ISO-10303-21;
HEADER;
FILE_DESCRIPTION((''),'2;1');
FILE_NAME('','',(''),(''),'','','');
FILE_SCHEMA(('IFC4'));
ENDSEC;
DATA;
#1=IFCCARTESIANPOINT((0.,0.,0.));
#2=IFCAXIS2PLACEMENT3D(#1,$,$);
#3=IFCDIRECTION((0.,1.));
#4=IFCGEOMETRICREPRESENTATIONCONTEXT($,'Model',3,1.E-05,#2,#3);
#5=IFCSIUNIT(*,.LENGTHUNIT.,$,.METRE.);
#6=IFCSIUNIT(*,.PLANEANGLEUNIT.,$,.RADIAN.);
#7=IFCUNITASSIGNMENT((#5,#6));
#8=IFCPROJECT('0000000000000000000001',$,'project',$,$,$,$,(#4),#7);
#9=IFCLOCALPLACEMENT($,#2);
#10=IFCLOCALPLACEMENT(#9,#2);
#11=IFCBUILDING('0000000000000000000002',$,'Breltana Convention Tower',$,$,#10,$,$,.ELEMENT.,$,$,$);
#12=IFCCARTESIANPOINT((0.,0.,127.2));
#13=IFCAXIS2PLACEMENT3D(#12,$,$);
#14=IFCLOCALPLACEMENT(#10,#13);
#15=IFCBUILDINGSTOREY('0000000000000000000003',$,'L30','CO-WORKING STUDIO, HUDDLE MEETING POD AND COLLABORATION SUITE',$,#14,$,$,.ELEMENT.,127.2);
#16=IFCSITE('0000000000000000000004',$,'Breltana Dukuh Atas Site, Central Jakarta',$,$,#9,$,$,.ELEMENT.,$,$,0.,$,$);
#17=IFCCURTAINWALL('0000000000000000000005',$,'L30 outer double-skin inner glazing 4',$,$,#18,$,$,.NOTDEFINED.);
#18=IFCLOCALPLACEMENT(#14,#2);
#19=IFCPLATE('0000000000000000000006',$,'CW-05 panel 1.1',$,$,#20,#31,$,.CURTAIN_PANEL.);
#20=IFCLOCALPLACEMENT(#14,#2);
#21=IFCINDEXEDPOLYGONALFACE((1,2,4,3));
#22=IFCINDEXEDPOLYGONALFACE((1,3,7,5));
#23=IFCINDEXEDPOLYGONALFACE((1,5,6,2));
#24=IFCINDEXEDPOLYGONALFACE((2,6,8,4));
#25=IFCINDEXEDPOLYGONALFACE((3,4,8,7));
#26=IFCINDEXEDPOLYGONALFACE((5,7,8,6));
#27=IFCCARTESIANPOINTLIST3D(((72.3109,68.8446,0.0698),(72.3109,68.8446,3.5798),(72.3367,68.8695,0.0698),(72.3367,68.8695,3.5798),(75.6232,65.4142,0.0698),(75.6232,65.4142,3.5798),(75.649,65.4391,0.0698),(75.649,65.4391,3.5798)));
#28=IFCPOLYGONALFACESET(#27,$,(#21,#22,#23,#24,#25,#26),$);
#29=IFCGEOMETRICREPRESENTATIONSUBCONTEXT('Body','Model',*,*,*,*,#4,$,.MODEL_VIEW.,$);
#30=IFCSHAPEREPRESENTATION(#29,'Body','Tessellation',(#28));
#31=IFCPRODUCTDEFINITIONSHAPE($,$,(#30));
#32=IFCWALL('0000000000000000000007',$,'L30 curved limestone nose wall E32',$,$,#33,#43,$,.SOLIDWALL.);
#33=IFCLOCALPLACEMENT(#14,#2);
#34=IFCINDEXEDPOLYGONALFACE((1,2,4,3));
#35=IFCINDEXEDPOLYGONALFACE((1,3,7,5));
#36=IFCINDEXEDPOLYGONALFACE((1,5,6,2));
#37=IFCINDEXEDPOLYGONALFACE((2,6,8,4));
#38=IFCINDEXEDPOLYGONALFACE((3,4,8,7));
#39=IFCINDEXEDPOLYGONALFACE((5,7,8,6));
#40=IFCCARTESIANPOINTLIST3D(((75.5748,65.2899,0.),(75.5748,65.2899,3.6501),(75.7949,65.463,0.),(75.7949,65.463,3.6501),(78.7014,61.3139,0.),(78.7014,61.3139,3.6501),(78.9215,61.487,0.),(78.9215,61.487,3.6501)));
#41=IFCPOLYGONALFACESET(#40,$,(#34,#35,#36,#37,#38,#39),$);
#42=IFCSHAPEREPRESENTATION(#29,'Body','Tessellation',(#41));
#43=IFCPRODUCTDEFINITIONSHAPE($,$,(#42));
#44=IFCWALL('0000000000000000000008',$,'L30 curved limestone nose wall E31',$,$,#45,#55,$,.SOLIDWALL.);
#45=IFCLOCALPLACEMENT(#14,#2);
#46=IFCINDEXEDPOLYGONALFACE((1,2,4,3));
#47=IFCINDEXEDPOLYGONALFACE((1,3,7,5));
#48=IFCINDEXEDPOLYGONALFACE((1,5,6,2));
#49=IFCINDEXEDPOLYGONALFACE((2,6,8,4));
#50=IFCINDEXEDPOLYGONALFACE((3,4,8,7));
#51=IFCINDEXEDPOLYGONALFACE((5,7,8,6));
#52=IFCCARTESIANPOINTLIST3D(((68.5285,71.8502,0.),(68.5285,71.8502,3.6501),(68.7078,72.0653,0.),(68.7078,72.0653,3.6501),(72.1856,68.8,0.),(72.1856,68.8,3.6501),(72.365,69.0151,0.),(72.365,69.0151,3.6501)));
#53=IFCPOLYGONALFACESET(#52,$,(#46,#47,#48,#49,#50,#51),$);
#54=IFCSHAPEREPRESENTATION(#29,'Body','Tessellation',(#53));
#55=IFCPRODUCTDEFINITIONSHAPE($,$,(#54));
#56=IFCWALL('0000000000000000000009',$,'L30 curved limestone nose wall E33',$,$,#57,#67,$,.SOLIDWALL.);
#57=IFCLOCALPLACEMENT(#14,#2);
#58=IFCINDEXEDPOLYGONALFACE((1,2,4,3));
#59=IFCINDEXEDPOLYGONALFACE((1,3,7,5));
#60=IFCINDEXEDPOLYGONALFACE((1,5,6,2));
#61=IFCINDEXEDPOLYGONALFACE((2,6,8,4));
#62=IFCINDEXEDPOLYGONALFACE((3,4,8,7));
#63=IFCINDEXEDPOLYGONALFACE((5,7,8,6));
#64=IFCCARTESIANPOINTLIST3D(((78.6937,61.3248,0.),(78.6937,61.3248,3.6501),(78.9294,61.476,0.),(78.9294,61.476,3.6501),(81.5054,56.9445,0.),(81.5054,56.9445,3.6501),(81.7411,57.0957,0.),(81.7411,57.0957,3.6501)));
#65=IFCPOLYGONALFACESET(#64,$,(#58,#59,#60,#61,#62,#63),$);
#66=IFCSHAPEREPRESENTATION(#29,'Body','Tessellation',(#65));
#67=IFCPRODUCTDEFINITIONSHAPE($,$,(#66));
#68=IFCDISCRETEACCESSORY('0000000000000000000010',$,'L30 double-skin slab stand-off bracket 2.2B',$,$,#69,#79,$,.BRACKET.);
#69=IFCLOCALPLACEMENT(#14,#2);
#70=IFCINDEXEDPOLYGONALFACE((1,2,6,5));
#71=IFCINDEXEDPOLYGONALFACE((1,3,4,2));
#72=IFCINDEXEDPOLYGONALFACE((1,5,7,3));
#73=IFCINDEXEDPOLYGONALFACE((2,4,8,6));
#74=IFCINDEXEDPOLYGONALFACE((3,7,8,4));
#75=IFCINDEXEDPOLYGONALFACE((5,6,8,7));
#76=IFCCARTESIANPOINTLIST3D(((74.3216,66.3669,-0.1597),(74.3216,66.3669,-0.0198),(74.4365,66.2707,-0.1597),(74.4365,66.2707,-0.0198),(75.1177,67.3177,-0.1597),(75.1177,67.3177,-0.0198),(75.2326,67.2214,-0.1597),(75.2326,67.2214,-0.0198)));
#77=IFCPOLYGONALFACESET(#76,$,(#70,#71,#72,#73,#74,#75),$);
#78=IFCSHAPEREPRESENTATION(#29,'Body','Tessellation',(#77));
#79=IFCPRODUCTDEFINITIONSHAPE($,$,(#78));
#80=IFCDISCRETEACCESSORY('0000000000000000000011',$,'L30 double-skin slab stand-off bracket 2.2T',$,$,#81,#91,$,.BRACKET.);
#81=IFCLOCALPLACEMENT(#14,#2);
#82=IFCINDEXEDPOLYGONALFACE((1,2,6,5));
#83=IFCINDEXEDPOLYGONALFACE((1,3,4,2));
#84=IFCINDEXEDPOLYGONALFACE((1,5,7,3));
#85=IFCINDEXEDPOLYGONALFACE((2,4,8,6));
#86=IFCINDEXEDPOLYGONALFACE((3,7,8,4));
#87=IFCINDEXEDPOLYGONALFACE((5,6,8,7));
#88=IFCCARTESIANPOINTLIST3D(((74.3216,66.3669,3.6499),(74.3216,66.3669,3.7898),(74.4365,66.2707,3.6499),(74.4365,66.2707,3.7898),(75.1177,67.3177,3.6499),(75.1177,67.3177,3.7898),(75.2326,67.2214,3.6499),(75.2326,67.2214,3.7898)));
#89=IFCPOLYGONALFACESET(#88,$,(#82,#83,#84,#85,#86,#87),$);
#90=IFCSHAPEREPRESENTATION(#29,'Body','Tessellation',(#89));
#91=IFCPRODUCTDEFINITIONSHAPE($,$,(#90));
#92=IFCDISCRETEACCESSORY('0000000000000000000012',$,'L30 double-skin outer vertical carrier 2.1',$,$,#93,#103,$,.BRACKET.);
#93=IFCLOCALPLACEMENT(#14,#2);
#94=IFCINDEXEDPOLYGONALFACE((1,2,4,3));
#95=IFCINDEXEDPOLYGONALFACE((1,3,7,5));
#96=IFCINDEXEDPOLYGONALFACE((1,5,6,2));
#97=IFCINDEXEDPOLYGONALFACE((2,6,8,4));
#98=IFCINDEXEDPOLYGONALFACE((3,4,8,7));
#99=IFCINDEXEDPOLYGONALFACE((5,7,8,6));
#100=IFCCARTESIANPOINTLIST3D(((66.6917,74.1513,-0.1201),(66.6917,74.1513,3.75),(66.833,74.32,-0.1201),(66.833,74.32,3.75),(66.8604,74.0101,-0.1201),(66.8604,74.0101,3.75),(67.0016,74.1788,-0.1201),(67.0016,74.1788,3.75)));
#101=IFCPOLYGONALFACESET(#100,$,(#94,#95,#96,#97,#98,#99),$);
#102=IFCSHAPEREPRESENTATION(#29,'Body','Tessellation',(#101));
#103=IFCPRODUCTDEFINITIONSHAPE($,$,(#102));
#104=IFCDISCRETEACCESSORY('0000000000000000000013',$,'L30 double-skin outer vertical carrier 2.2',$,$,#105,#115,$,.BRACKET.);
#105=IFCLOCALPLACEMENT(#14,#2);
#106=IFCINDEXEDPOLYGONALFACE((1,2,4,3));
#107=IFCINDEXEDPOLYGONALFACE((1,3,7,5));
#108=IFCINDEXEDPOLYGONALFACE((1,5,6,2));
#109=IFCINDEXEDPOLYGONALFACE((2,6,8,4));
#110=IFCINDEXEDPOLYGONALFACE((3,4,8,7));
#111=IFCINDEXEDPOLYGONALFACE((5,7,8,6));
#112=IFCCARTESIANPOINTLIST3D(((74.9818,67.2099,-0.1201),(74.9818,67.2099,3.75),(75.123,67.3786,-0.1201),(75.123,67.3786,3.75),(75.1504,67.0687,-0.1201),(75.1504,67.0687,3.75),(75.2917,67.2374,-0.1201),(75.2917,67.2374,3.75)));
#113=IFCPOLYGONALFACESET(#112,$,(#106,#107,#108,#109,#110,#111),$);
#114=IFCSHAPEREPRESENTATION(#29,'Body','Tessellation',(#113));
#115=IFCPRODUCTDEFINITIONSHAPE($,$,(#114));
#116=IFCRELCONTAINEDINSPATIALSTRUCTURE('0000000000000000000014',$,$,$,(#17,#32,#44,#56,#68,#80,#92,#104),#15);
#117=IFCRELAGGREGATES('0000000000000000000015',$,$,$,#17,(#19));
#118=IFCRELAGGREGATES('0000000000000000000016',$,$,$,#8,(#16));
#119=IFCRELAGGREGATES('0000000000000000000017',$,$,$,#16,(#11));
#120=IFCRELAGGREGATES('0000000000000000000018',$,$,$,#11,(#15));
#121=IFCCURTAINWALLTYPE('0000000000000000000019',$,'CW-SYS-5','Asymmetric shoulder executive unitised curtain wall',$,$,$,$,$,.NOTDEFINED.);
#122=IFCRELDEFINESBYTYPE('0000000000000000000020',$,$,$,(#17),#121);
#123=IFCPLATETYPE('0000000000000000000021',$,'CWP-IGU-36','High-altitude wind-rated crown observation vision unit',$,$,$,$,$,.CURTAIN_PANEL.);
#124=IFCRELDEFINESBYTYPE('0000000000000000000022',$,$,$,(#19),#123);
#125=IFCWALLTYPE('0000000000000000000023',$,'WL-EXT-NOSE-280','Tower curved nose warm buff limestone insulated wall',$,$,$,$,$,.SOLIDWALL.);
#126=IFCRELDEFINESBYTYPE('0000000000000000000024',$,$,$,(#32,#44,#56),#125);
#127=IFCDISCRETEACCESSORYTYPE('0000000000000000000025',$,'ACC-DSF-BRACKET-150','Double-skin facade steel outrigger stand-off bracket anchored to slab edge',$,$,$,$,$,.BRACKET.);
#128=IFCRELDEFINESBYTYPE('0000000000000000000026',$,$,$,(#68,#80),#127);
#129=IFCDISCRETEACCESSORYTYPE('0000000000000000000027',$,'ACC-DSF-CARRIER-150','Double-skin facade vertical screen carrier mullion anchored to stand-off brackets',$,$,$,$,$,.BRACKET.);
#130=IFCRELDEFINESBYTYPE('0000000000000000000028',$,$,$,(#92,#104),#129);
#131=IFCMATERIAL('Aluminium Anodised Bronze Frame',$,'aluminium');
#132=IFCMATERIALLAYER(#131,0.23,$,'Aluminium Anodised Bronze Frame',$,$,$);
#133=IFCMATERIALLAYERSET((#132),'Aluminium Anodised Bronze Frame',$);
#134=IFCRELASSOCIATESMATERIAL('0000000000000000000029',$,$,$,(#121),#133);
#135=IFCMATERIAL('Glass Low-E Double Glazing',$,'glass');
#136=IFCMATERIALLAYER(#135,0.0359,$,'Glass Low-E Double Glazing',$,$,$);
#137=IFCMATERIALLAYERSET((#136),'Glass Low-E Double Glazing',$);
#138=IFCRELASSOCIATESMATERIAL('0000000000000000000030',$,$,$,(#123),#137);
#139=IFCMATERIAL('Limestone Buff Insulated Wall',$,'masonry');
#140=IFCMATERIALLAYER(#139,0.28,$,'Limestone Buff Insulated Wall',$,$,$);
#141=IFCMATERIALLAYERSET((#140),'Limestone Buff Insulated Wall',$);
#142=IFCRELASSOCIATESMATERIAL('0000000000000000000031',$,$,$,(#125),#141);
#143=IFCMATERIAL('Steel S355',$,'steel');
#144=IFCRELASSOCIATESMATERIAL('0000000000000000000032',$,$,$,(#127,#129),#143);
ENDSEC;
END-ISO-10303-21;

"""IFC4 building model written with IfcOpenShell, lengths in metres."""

from ifc_helpers import new_model, si_unit, direction, frame, frame_2d, origin, origin_2d, place, context, subcontext, project, spatial, rectangle, extrude, source, transform, mapped, material, layer, layer_set, type_object, type_shapes, element, aggregate, save


model = new_model("IFC4")

# Units and contexts
model_context = context("Model", 3, precision=1e-05, world=origin(), true_north=direction((0.0, 1.0)))
body_context = subcontext(model_context, "Body", "Model", "MODEL_VIEW")
ifc_project = project(units=[si_unit("LENGTHUNIT", "METRE"), si_unit("PLANEANGLEUNIT", "RADIAN")], contexts=[model_context])

# Site, building, storey
site_placement = place(None, origin())
site = spatial("IfcSite", under=ifc_project, at=site_placement, Name="Breltana Dukuh Atas Site, Central Jakarta", CompositionType="ELEMENT", RefElevation=0.0)
building_placement = place(site_placement, origin())
building = spatial("IfcBuilding", under=site, at=building_placement, Name="Breltana Convention Tower", CompositionType="ELEMENT")
storey_placement = place(building_placement, frame((0.0, 0.0, 127.2)))
storey = spatial("IfcBuildingStorey", under=building, at=storey_placement, Name="L30", Description="CO-WORKING STUDIO, HUDDLE MEETING POD AND COLLABORATION SUITE", CompositionType="ELEMENT", Elevation=127.2)

# Curtain wall, plate
ifc_material_1 = material(Name="Aluminium Anodised Bronze Frame", Category="aluminium")
ifc_layer_1 = layer(ifc_material_1, 0.23, Name="Aluminium Anodised Bronze Frame")
ifc_layer_set_1 = layer_set([ifc_layer_1], Name="Aluminium Anodised Bronze Frame")
curtain_wall_type = type_object("IfcCurtainWallType", Name="CW-SYS-5", Description="Asymmetric shoulder executive unitised curtain wall", PredefinedType="NOTDEFINED", material=ifc_layer_set_1)
curtain_wall_placement = place(storey_placement, origin())
curtain_wall = element("IfcCurtainWall", 1, at=curtain_wall_placement, inside=storey, type_object=curtain_wall_type, Name="L30 outer double-skin inner glazing 4", PredefinedType="NOTDEFINED")
ifc_material_2 = material(Name="Glass Low-E Double Glazing", Category="glass")
ifc_layer_2 = layer(ifc_material_2, 0.0359, Name="Glass Low-E Double Glazing")
ifc_layer_set_2 = layer_set([ifc_layer_2], Name="Glass Low-E Double Glazing")
plate_type = type_object("IfcPlateType", Name="CWP-IGU-36", Description="High-altitude wind-rated crown observation vision unit", PredefinedType="CURTAIN_PANEL", material=ifc_layer_set_2)
shared_shape_1 = source(origin(), body_context, "Body", "SweptSolid", [
    extrude(rectangle(XDim=4.7686, YDim=0.0359, at=origin_2d()), origin(), (0.0, 0.0, 1.0), 3.51),
])
plate_placement = place(storey_placement, frame((73.98, 67.1418, 0.0698), z_axis=(0.0, 0.0, 1.0), x_axis=(0.694612, -0.719385, 0.0)))
plate = element("IfcPlate", 2, at=plate_placement, type_object=plate_type, Name="CW-05 panel 1.1", PredefinedType="CURTAIN_PANEL", context=body_context, shape_type="MappedRepresentation", body=[
    mapped(shared_shape_1, transform((0.0, 0.0, 0.0), scale=1.0)),
])
aggregate(curtain_wall, [plate])

# Walls
ifc_material_3 = material(Name="Limestone Buff Insulated Wall", Category="masonry")
ifc_layer_3 = layer(ifc_material_3, 0.28, Name="Limestone Buff Insulated Wall")
ifc_layer_set_3 = layer_set([ifc_layer_3], Name="Limestone Buff Insulated Wall")
wall_type = type_object("IfcWallType", Name="WL-EXT-NOSE-280", Description="Tower curved nose warm buff limestone insulated wall", PredefinedType="SOLIDWALL", material=ifc_layer_set_3)
shared_shape_2 = source(origin(), body_context, "Body", "SweptSolid", [
    extrude(rectangle(XDim=5.0581, YDim=0.28, at=frame_2d((2.5291, 0.0))), origin(), (0.0, 0.0, 1.0), 3.6501),
])
wall_1_placement = place(storey_placement, frame((75.6848, 65.3765, 0.0), z_axis=(0.0, 0.0, 1.0), x_axis=(0.618146, -0.786064, 0.0)))
element("IfcWall", 3, at=wall_1_placement, inside=storey, type_object=wall_type, Name="L30 curved limestone nose wall E32", PredefinedType="SOLIDWALL", context=body_context, shape_type="MappedRepresentation", body=[
    mapped(shared_shape_2, transform((0.0, 0.0, 0.0), scale=1.0)),
])
shared_shape_3 = source(origin(), body_context, "Body", "SweptSolid", [
    extrude(rectangle(XDim=4.7622, YDim=0.28, at=frame_2d((2.3811, 0.0))), origin(), (0.0, 0.0, 1.0), 3.6501),
])
wall_2_placement = place(storey_placement, frame((68.6182, 71.9578, 0.0), z_axis=(0.0, 0.0, 1.0), x_axis=(0.767952, -0.640507, 0.0)))
element("IfcWall", 4, at=wall_2_placement, inside=storey, type_object=wall_type, Name="L30 curved limestone nose wall E31", PredefinedType="SOLIDWALL", context=body_context, shape_type="MappedRepresentation", body=[
    mapped(shared_shape_3, transform((0.0, 0.0, 0.0), scale=1.0)),
])
shared_shape_4 = source(origin(), body_context, "Body", "SweptSolid", [
    extrude(rectangle(XDim=5.2051, YDim=0.28, at=frame_2d((2.6025, 0.0))), origin(), (0.0, 0.0, 1.0), 3.6501),
])
wall_3_placement = place(storey_placement, frame((78.8115, 61.4004, 0.0), z_axis=(0.0, 0.0, 1.0), x_axis=(0.540189, -0.841544, 0.0)))
element("IfcWall", 5, at=wall_3_placement, inside=storey, type_object=wall_type, Name="L30 curved limestone nose wall E33", PredefinedType="SOLIDWALL", context=body_context, shape_type="MappedRepresentation", body=[
    mapped(shared_shape_4, transform((0.0, 0.0, 0.0), scale=1.0)),
])

# Discrete accessories
ifc_material_4 = material(Name="Steel S355", Category="steel")
discrete_accessory_type_1 = type_object("IfcDiscreteAccessoryType", Name="ACC-DSF-BRACKET-150", Description="Double-skin facade steel outrigger stand-off bracket anchored to slab edge", PredefinedType="BRACKET", material=ifc_material_4)
shared_shape_5 = source(origin(), body_context, "Body", "SweptSolid", [
    extrude(rectangle(XDim=1.24, YDim=0.1499, at=origin_2d()), origin(), (0.0, 0.0, 1.0), 0.1399),
])
type_shapes(discrete_accessory_type_1, [shared_shape_5])
for number, where, z_axis, x_axis, name in (
    (6, (74.7771, 66.7942, -0.1597), (0.0, 0.0, 1.0), (0.641987, 0.766715, 0.0), "L30 double-skin slab stand-off bracket 2.2B"),
    (7, (74.7771, 66.7942, 3.6499), (0.0, 0.0, 1.0), (0.641987, 0.766715, 0.0), "L30 double-skin slab stand-off bracket 2.2T"),
):
    element("IfcDiscreteAccessory", number, at=place(storey_placement, frame(where, z_axis=z_axis, x_axis=x_axis)), inside=storey, type_object=discrete_accessory_type_1, Name=name, PredefinedType="BRACKET", context=body_context, shape_type="MappedRepresentation", body=[
        mapped(shared_shape_5, transform((0.0, 0.0, 0.0), scale=1.0)),
    ])
discrete_accessory_type_2 = type_object("IfcDiscreteAccessoryType", Name="ACC-DSF-CARRIER-150", Description="Double-skin facade vertical screen carrier mullion anchored to stand-off brackets", PredefinedType="BRACKET", material=ifc_material_4)
shared_shape_6 = source(origin(), body_context, "Body", "SweptSolid", [
    extrude(rectangle(XDim=0.22, YDim=0.22, at=origin_2d()), origin(), (0.0, 0.0, 1.0), 3.8701),
])
for number, where, z_axis, x_axis, name in (
    (8, (66.8467, 74.165, -0.1201), (0.0, 0.0, 1.0), (0.641987, 0.766715, 0.0), "L30 double-skin outer vertical carrier 2.1"),
    (9, (75.1367, 67.2236, -0.1201), (0.0, 0.0, 1.0), (0.641987, 0.766715, 0.0), "L30 double-skin outer vertical carrier 2.2"),
):
    element("IfcDiscreteAccessory", number, at=place(storey_placement, frame(where, z_axis=z_axis, x_axis=x_axis)), inside=storey, type_object=discrete_accessory_type_2, Name=name, PredefinedType="BRACKET", context=body_context, shape_type="MappedRepresentation", body=[
        mapped(shared_shape_6, transform((0.0, 0.0, 0.0), scale=1.0)),
    ])

save(model, "model.ifc")
